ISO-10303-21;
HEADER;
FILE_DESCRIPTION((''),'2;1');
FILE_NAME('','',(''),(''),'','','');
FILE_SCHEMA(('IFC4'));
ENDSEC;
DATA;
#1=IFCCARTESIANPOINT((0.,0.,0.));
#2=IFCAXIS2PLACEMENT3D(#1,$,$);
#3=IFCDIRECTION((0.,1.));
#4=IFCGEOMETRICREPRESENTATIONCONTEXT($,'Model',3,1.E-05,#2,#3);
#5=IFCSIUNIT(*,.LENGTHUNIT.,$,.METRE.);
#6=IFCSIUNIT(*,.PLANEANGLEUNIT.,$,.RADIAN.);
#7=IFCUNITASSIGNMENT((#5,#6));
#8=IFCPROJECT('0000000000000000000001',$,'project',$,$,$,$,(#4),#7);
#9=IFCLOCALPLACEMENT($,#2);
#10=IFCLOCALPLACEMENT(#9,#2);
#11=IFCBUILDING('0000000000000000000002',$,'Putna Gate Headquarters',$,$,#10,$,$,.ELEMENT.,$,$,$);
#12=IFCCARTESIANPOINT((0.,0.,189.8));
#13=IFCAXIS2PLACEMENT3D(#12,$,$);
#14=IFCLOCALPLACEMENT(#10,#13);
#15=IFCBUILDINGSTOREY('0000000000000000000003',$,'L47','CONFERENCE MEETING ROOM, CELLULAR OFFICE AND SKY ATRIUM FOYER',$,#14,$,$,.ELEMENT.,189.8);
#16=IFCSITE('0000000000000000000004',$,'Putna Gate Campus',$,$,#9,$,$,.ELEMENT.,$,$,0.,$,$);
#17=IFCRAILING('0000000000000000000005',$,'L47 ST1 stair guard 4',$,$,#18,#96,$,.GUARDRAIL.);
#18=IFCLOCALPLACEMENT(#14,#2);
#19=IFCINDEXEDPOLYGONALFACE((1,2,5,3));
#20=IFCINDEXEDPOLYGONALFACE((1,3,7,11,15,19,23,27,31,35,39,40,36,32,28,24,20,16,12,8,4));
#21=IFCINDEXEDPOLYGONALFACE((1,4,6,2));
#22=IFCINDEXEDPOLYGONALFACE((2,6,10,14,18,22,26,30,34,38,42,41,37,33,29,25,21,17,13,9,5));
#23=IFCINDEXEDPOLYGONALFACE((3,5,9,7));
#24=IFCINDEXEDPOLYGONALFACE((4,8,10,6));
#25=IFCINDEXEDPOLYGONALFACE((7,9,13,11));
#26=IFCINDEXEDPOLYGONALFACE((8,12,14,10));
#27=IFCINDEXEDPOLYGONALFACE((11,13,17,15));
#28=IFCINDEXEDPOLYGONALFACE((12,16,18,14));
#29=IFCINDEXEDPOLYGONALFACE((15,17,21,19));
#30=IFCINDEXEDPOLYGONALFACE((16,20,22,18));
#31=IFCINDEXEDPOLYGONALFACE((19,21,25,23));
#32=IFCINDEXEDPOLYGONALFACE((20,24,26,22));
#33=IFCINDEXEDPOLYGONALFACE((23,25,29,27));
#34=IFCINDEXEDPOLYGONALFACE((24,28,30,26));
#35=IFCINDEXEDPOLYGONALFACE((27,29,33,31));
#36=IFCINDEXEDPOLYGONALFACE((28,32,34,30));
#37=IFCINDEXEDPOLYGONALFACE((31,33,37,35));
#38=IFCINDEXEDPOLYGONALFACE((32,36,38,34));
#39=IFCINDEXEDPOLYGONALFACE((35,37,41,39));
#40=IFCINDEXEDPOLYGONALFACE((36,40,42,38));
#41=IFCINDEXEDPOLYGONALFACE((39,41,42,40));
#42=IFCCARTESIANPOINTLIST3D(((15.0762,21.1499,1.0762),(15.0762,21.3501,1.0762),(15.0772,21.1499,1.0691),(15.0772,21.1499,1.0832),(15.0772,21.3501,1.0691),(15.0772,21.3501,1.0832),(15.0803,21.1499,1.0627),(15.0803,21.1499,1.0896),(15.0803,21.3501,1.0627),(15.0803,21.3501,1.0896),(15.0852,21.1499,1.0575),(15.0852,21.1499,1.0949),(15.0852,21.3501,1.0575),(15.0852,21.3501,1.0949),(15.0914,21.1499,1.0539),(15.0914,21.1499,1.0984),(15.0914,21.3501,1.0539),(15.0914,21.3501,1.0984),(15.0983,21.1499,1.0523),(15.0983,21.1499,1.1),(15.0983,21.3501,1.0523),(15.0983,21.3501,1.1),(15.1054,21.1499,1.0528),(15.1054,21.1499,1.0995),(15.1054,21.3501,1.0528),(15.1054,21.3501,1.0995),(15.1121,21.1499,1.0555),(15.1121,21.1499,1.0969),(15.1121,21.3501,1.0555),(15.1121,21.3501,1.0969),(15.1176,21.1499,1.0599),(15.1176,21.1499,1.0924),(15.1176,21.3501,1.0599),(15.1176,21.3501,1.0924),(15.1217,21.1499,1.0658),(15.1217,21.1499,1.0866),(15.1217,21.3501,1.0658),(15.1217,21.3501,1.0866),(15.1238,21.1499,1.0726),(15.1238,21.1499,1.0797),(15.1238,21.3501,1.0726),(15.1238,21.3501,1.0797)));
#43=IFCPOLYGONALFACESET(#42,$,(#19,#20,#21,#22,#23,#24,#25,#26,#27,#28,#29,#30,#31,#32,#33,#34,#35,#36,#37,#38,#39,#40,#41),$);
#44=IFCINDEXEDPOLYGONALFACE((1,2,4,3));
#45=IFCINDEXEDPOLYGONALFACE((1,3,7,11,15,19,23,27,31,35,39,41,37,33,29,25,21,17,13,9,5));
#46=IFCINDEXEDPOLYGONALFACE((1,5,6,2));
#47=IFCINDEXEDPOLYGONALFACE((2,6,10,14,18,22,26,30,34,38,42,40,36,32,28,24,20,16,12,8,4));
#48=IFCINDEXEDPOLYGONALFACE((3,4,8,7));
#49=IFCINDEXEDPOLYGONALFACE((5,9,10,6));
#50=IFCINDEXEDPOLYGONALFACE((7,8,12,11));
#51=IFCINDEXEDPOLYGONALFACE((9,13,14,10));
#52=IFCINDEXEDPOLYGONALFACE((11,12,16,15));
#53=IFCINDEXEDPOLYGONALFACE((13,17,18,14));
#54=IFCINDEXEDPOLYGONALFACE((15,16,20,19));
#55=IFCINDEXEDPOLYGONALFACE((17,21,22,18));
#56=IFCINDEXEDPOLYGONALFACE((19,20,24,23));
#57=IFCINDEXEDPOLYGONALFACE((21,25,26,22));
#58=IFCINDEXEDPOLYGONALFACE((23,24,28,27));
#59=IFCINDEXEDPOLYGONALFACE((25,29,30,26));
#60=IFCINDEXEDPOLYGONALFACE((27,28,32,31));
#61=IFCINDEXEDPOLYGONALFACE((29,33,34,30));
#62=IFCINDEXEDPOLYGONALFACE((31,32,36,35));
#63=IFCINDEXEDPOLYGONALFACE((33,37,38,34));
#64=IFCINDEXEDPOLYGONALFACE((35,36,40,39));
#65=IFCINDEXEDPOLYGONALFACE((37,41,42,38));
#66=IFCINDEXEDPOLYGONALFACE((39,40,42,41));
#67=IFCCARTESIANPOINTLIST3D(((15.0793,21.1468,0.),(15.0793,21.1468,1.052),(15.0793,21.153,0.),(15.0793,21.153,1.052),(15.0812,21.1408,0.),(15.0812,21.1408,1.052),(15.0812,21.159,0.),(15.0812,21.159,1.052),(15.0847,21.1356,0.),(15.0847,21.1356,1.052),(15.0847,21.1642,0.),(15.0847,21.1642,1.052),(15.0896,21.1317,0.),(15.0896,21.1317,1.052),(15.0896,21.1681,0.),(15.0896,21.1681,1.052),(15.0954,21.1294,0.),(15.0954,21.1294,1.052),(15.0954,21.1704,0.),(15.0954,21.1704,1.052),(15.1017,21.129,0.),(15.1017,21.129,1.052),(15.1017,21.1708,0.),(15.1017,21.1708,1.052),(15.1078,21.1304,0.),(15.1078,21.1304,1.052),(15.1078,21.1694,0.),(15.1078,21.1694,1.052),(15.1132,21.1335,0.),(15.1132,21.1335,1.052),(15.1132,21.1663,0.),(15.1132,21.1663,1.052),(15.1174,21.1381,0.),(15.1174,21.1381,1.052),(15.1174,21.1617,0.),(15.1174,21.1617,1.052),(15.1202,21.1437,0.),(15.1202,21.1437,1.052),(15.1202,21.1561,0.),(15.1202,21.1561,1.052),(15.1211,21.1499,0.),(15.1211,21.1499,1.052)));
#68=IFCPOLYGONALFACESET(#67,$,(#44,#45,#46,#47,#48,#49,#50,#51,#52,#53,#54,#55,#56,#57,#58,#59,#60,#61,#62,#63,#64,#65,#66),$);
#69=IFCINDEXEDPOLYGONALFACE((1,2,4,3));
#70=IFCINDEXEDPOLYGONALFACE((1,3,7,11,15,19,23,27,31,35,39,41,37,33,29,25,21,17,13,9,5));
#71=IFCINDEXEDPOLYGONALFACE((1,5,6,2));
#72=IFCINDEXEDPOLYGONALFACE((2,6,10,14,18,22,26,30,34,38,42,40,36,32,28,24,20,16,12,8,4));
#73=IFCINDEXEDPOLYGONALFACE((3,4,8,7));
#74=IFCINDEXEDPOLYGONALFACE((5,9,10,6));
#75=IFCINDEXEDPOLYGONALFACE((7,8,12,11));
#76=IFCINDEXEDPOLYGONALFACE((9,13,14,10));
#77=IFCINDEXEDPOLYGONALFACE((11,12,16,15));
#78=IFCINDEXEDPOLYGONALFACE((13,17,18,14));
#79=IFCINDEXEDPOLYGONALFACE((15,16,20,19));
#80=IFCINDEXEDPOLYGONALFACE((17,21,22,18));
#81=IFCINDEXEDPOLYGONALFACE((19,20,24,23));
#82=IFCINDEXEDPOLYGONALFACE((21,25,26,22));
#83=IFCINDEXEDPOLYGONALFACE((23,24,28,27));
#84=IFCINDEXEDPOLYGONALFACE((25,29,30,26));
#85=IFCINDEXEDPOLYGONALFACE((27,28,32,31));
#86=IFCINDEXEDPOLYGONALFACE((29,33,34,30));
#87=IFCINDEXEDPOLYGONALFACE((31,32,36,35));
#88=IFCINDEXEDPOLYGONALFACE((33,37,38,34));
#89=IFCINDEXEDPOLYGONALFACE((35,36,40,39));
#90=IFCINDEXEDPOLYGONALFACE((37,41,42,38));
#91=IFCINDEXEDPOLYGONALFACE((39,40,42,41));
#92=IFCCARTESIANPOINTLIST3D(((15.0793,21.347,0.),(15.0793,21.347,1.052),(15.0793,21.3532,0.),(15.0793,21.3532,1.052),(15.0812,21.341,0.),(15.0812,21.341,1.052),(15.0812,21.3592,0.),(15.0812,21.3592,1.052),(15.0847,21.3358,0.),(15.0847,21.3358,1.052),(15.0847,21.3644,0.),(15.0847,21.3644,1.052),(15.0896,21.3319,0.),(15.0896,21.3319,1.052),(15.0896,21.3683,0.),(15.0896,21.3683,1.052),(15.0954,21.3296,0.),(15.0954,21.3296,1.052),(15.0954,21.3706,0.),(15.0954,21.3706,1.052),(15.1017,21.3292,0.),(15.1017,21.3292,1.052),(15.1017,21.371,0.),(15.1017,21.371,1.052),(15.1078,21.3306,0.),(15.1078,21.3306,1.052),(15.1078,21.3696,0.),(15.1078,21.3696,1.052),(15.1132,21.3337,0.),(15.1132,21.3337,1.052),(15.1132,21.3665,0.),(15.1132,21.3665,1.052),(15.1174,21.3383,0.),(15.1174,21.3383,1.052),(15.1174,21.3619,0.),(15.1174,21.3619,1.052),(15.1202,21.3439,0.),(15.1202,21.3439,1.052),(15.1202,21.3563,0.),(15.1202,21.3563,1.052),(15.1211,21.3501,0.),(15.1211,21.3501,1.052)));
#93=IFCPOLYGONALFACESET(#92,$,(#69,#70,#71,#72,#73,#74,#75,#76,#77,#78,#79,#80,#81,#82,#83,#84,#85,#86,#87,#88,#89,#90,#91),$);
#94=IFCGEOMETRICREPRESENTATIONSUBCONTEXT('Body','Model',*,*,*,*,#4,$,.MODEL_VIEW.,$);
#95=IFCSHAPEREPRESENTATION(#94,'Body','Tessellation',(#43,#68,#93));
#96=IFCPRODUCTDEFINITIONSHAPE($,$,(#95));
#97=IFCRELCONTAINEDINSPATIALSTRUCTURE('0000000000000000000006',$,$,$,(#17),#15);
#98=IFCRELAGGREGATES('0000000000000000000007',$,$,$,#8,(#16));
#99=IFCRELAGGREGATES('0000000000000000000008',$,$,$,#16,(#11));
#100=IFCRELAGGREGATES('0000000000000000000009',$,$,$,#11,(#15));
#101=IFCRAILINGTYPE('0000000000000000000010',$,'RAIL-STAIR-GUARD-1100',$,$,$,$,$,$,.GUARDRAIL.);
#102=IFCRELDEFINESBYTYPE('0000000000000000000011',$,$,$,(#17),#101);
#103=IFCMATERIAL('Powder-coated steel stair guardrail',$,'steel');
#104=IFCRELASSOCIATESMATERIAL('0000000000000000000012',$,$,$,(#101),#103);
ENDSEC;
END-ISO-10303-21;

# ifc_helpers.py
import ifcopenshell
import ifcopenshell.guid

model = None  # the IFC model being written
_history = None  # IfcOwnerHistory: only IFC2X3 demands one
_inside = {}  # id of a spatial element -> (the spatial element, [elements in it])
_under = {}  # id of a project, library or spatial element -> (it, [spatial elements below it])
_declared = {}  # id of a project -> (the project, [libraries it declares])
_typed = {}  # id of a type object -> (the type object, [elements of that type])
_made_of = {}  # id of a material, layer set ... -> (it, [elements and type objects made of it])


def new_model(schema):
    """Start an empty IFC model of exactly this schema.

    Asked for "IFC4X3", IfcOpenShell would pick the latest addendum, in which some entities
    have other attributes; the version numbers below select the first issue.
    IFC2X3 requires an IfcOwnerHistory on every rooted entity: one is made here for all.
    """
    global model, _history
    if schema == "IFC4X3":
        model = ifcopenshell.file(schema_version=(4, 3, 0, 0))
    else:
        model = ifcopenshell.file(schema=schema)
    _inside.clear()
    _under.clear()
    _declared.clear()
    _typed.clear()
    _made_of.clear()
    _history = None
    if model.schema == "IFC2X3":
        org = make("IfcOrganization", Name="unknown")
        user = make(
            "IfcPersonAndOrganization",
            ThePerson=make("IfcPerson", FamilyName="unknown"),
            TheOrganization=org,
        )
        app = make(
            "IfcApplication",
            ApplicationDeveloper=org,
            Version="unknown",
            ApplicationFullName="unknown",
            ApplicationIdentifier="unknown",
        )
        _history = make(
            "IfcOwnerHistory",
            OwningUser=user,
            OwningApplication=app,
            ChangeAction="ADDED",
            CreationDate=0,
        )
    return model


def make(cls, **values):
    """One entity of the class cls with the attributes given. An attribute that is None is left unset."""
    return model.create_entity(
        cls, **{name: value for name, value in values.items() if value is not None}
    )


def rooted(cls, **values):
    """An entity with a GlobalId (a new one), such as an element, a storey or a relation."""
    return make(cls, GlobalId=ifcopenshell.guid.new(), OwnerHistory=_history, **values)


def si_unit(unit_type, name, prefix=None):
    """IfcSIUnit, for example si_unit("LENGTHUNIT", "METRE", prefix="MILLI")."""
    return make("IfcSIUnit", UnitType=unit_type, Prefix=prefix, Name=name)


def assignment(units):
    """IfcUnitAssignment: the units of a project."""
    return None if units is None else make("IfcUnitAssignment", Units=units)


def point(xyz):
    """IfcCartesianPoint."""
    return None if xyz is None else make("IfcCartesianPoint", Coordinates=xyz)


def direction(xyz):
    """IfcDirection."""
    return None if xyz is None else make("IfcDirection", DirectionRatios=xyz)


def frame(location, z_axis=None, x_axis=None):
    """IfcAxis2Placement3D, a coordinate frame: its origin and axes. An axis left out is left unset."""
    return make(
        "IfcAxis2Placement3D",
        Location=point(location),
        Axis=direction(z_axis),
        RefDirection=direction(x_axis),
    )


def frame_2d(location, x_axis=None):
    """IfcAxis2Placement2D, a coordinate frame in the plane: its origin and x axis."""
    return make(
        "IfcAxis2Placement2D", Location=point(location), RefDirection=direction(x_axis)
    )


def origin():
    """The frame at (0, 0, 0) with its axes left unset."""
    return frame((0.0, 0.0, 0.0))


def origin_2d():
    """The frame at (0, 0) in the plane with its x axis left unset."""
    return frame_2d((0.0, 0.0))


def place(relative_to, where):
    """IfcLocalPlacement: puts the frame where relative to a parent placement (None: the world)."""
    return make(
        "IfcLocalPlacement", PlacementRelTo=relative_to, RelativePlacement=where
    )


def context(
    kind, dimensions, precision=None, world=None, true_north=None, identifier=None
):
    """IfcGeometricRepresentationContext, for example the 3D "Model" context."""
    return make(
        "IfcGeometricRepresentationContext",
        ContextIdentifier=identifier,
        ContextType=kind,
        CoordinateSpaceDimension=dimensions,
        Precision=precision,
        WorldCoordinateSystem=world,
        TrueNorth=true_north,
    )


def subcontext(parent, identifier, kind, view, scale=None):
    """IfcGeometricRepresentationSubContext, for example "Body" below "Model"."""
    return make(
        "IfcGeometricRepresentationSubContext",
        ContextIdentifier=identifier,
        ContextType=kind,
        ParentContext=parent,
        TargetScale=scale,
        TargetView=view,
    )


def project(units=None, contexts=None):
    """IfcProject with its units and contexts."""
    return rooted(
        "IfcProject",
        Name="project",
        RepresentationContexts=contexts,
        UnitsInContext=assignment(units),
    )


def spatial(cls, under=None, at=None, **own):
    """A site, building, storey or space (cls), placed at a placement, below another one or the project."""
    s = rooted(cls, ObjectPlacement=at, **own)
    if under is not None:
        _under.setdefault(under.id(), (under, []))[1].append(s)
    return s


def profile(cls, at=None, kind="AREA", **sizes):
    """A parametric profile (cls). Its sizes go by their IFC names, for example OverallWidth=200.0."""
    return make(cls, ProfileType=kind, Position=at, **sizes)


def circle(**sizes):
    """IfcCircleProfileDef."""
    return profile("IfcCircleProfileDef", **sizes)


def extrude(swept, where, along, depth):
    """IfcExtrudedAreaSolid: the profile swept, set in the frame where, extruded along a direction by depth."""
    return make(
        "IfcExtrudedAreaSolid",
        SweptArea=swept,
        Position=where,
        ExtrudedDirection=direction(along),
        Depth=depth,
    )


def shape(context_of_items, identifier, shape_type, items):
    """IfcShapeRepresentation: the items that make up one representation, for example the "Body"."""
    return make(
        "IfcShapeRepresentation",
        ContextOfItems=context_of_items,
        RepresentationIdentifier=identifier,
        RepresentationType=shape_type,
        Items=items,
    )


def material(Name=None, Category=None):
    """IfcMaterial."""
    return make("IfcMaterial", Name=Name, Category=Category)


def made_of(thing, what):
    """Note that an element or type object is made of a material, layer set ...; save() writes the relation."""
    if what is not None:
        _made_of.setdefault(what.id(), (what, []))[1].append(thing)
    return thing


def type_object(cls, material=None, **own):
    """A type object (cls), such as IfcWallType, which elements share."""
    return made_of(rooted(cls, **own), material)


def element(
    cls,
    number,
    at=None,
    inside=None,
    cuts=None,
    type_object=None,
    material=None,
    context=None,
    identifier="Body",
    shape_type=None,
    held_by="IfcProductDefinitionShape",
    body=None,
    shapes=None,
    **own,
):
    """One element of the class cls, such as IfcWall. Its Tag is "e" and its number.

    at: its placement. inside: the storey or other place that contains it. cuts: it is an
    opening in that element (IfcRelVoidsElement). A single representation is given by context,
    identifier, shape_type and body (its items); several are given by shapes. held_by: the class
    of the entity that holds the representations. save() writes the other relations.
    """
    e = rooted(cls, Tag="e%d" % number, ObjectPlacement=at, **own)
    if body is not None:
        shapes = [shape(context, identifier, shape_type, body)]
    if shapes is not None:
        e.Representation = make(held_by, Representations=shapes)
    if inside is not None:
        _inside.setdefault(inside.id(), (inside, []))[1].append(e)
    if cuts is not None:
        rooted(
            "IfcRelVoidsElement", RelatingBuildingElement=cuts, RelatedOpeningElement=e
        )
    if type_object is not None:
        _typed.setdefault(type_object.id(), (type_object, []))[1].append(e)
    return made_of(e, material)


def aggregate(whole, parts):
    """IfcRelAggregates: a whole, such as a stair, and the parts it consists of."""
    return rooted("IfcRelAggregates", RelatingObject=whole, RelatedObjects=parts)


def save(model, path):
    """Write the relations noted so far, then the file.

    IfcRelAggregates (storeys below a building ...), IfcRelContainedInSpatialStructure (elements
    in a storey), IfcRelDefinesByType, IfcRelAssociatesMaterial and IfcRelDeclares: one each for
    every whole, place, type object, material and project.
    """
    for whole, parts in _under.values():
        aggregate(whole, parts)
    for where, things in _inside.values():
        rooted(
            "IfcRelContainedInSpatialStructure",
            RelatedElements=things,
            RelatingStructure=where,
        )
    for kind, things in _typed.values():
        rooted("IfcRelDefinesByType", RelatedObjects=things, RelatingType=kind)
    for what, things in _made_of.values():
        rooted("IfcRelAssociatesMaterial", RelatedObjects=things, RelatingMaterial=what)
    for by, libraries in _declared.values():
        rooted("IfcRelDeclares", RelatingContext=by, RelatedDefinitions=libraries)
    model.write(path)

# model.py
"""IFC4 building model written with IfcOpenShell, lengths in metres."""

from ifc_helpers import new_model, si_unit, direction, frame, origin, origin_2d, place, context, subcontext, project, spatial, circle, extrude, material, type_object, element, save


model = new_model("IFC4")

# Units and contexts
model_context = context("Model", 3, precision=1e-05, world=origin(), true_north=direction((0.0, 1.0)))
body_context = subcontext(model_context, "Body", "Model", "MODEL_VIEW")
ifc_project = project(units=[si_unit("LENGTHUNIT", "METRE"), si_unit("PLANEANGLEUNIT", "RADIAN")], contexts=[model_context])

# Site, building, storey
site_placement = place(None, origin())
site = spatial("IfcSite", under=ifc_project, at=site_placement, Name="Putna Gate Campus", CompositionType="ELEMENT", RefElevation=0.0)
building_placement = place(site_placement, origin())
building = spatial("IfcBuilding", under=site, at=building_placement, Name="Putna Gate Headquarters", CompositionType="ELEMENT")
storey_placement = place(building_placement, frame((0.0, 0.0, 189.8)))
storey = spatial("IfcBuildingStorey", under=building, at=storey_placement, Name="L47", Description="CONFERENCE MEETING ROOM, CELLULAR OFFICE AND SKY ATRIUM FOYER", CompositionType="ELEMENT", Elevation=189.8)

# Railing
ifc_material_1 = material(Name="Powder-coated steel stair guardrail", Category="steel")
railing_type_1 = type_object("IfcRailingType", Name="RAIL-STAIR-GUARD-1100", PredefinedType="GUARDRAIL", material=ifc_material_1)
railing_1_placement = place(storey_placement, frame((15.1001, 21.1499, 0.0)))
element("IfcRailing", 1, at=railing_1_placement, inside=storey, type_object=railing_type_1, Name="L47 ST1 stair guard 4", PredefinedType="GUARDRAIL", context=body_context, shape_type="SweptSolid", body=[
    extrude(circle(Radius=0.0239, at=origin_2d()), frame((0.0, 0.0, 1.0762), z_axis=(0.0, 1.0, 0.0), x_axis=(-1.0, 0.0, 0.0)), (0.0, 0.0, 1.0), 0.2002),
    extrude(circle(Radius=0.021, at=origin_2d()), origin(), (0.0, 0.0, 1.0), 1.052),
    extrude(circle(Radius=0.021, at=origin_2d()), frame((0.0, 0.2002, 0.0)), (0.0, 0.0, 1.0), 1.052),
])

save(model, "model.ifc")
